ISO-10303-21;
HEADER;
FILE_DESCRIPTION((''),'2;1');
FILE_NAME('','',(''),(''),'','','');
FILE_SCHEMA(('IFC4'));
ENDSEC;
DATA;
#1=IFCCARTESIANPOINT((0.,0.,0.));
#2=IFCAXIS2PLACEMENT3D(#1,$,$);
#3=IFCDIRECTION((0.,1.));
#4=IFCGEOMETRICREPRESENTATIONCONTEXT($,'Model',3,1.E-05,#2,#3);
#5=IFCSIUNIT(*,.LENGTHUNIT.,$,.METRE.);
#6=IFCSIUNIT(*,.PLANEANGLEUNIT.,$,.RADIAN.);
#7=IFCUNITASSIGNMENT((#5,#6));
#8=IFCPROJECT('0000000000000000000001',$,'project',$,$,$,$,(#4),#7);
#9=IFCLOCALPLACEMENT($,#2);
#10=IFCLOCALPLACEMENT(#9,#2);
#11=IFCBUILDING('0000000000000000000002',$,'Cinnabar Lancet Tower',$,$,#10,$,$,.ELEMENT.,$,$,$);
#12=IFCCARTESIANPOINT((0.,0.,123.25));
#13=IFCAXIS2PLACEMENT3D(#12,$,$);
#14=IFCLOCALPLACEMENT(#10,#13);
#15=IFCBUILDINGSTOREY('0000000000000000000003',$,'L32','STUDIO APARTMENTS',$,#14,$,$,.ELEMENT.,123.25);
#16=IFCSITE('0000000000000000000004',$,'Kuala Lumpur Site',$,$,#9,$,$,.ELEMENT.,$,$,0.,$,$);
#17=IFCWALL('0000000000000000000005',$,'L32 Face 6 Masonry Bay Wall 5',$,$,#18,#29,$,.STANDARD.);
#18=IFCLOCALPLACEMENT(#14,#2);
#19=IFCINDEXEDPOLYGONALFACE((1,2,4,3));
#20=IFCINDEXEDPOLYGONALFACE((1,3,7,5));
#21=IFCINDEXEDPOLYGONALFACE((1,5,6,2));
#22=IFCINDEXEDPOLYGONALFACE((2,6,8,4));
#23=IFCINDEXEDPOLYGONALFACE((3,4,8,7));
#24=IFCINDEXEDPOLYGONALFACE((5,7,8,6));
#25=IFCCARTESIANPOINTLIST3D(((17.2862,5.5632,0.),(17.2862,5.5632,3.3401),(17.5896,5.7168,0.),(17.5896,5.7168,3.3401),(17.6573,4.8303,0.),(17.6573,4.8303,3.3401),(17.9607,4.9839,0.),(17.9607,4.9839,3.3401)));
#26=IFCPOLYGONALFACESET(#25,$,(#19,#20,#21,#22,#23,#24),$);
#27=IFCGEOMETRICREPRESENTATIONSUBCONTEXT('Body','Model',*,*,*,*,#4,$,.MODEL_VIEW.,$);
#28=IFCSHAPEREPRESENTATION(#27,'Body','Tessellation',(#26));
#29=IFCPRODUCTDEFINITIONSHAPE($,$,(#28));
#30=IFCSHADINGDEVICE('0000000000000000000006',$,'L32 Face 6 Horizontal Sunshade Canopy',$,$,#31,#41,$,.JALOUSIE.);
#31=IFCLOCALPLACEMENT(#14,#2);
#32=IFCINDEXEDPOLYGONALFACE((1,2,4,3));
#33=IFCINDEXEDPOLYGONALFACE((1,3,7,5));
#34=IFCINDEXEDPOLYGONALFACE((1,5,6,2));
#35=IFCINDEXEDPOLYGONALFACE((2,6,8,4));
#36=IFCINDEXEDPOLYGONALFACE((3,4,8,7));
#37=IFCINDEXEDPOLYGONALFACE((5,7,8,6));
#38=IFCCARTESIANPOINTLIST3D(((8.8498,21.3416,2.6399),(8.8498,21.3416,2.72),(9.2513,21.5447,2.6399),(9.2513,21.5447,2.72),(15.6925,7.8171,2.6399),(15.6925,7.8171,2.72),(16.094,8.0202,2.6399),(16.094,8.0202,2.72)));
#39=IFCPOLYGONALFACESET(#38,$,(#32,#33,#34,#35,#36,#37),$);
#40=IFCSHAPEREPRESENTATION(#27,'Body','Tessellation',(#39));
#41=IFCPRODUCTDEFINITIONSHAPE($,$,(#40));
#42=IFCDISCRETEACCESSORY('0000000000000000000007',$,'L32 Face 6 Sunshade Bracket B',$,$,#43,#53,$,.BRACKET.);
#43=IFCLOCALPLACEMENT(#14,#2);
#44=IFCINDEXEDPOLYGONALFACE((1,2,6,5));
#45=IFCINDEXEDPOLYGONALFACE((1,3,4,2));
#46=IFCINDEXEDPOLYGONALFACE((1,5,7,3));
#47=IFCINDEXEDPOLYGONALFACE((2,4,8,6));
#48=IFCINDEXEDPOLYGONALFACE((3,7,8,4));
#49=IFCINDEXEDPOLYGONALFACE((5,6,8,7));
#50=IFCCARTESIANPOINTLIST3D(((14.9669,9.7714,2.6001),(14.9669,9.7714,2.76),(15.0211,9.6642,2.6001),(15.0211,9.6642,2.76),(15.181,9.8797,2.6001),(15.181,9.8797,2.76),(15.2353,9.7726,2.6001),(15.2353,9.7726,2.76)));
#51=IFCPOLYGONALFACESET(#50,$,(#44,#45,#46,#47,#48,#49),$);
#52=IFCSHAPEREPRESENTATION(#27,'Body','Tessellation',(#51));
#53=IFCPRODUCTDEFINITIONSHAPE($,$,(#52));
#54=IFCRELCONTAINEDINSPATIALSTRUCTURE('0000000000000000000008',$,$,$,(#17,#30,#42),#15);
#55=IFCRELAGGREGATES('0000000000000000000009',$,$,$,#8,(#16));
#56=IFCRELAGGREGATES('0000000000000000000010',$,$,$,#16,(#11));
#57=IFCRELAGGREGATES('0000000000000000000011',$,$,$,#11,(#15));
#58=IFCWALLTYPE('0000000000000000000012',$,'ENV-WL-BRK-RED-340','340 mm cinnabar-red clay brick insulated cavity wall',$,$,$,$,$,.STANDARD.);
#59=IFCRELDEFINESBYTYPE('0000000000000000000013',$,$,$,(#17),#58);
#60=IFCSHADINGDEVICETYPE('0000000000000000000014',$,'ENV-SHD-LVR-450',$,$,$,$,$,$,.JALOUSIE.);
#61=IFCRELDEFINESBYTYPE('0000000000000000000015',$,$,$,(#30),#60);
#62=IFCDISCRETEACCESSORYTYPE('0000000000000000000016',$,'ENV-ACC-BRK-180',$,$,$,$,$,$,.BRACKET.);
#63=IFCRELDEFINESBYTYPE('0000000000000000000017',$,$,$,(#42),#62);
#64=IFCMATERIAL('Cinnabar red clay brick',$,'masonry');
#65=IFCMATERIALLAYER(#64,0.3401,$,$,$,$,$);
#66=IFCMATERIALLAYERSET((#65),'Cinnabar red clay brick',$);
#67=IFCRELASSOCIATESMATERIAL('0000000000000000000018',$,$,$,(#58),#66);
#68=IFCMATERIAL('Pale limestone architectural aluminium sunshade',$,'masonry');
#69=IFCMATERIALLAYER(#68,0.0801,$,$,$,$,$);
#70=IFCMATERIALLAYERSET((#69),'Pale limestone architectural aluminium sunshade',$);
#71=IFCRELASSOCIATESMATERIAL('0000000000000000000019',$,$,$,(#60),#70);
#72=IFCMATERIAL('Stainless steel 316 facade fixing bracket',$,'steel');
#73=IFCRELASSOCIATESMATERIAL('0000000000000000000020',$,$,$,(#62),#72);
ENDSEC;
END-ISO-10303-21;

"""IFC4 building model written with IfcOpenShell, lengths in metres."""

from ifc_helpers import new_model, si_unit, direction, frame, frame_2d, origin, origin_2d, place, context, subcontext, project, spatial, rectangle, extrude, material, layer, layer_set, type_object, element, save


model = new_model("IFC4")

# Units and contexts
model_context = context("Model", 3, precision=1e-05, world=origin(), true_north=direction((0.0, 1.0)))
body_context = subcontext(model_context, "Body", "Model", "MODEL_VIEW")
ifc_project = project(units=[si_unit("LENGTHUNIT", "METRE"), si_unit("PLANEANGLEUNIT", "RADIAN")], contexts=[model_context])

# Site, building, storey
site_placement = place(None, origin())
site = spatial("IfcSite", under=ifc_project, at=site_placement, Name="Kuala Lumpur Site", CompositionType="ELEMENT", RefElevation=0.0)
building_placement = place(site_placement, origin())
building = spatial("IfcBuilding", under=site, at=building_placement, Name="Cinnabar Lancet Tower", CompositionType="ELEMENT")
storey_placement = place(building_placement, frame((0.0, 0.0, 123.25)))
storey = spatial("IfcBuildingStorey", under=building, at=storey_placement, Name="L32", Description="STUDIO APARTMENTS", CompositionType="ELEMENT", Elevation=123.25)

# Shared definitions
ifc_material_1 = material(Name="Cinnabar red clay brick", Category="masonry")
ifc_layer_1 = layer(ifc_material_1, 0.3401)
ifc_layer_set_1 = layer_set([ifc_layer_1], Name="Cinnabar red clay brick")
wall_type = type_object("IfcWallType", Name="ENV-WL-BRK-RED-340", Description="340 mm cinnabar-red clay brick insulated cavity wall", PredefinedType="STANDARD", material=ifc_layer_set_1)

# Wall
wall_1_placement = place(storey_placement, frame((17.438, 5.6399, 0.0), z_axis=(0.0, 0.0, 1.0), x_axis=(0.451725, -0.892157, 0.0)))
element("IfcWall", 1, at=wall_1_placement, inside=storey, type_object=wall_type, Name="L32 Face 6 Masonry Bay Wall 5", PredefinedType="STANDARD", context=body_context, shape_type="SweptSolid", body=[
    extrude(rectangle(XDim=0.8215, YDim=0.3401, at=frame_2d((0.4106, 0.0))), origin(), (0.0, 0.0, 1.0), 3.3401),
])

# Shading device
ifc_material_2 = material(Name="Pale limestone architectural aluminium sunshade", Category="masonry")
ifc_layer_2 = layer(ifc_material_2, 0.0801)
ifc_layer_set_2 = layer_set([ifc_layer_2], Name="Pale limestone architectural aluminium sunshade")
shading_device_type = type_object("IfcShadingDeviceType", Name="ENV-SHD-LVR-450", PredefinedType="JALOUSIE", material=ifc_layer_set_2)
shading_device_placement = place(storey_placement, frame((12.4719, 14.6809, 2.6399), z_axis=(0.0, 0.0, 1.0), x_axis=(0.451454, -0.892294, 0.0)))
element("IfcShadingDevice", 2, at=shading_device_placement, inside=storey, type_object=shading_device_type, Name="L32 Face 6 Horizontal Sunshade Canopy", PredefinedType="JALOUSIE", context=body_context, shape_type="SweptSolid", body=[
    extrude(rectangle(XDim=15.157, YDim=0.45, at=origin_2d()), origin(), (0.0, 0.0, 1.0), 0.0801),
])

# Discrete accessory
ifc_material_3 = material(Name="Stainless steel 316 facade fixing bracket", Category="steel")
discrete_accessory_type = type_object("IfcDiscreteAccessoryType", Name="ENV-ACC-BRK-180", PredefinedType="BRACKET", material=ifc_material_3)
discrete_accessory_placement = place(storey_placement, frame((15.1011, 9.772, 2.6001), z_axis=(0.0, 0.0, 1.0), x_axis=(0.451454, -0.892294, 0.0)))
element("IfcDiscreteAccessory", 3, at=discrete_accessory_placement, inside=storey, type_object=discrete_accessory_type, Name="L32 Face 6 Sunshade Bracket B", PredefinedType="BRACKET", context=body_context, shape_type="SweptSolid", body=[
    extrude(rectangle(XDim=0.1201, YDim=0.24, at=origin_2d()), origin(), (0.0, 0.0, 1.0), 0.1599),
])

save(model, "model.ifc")
